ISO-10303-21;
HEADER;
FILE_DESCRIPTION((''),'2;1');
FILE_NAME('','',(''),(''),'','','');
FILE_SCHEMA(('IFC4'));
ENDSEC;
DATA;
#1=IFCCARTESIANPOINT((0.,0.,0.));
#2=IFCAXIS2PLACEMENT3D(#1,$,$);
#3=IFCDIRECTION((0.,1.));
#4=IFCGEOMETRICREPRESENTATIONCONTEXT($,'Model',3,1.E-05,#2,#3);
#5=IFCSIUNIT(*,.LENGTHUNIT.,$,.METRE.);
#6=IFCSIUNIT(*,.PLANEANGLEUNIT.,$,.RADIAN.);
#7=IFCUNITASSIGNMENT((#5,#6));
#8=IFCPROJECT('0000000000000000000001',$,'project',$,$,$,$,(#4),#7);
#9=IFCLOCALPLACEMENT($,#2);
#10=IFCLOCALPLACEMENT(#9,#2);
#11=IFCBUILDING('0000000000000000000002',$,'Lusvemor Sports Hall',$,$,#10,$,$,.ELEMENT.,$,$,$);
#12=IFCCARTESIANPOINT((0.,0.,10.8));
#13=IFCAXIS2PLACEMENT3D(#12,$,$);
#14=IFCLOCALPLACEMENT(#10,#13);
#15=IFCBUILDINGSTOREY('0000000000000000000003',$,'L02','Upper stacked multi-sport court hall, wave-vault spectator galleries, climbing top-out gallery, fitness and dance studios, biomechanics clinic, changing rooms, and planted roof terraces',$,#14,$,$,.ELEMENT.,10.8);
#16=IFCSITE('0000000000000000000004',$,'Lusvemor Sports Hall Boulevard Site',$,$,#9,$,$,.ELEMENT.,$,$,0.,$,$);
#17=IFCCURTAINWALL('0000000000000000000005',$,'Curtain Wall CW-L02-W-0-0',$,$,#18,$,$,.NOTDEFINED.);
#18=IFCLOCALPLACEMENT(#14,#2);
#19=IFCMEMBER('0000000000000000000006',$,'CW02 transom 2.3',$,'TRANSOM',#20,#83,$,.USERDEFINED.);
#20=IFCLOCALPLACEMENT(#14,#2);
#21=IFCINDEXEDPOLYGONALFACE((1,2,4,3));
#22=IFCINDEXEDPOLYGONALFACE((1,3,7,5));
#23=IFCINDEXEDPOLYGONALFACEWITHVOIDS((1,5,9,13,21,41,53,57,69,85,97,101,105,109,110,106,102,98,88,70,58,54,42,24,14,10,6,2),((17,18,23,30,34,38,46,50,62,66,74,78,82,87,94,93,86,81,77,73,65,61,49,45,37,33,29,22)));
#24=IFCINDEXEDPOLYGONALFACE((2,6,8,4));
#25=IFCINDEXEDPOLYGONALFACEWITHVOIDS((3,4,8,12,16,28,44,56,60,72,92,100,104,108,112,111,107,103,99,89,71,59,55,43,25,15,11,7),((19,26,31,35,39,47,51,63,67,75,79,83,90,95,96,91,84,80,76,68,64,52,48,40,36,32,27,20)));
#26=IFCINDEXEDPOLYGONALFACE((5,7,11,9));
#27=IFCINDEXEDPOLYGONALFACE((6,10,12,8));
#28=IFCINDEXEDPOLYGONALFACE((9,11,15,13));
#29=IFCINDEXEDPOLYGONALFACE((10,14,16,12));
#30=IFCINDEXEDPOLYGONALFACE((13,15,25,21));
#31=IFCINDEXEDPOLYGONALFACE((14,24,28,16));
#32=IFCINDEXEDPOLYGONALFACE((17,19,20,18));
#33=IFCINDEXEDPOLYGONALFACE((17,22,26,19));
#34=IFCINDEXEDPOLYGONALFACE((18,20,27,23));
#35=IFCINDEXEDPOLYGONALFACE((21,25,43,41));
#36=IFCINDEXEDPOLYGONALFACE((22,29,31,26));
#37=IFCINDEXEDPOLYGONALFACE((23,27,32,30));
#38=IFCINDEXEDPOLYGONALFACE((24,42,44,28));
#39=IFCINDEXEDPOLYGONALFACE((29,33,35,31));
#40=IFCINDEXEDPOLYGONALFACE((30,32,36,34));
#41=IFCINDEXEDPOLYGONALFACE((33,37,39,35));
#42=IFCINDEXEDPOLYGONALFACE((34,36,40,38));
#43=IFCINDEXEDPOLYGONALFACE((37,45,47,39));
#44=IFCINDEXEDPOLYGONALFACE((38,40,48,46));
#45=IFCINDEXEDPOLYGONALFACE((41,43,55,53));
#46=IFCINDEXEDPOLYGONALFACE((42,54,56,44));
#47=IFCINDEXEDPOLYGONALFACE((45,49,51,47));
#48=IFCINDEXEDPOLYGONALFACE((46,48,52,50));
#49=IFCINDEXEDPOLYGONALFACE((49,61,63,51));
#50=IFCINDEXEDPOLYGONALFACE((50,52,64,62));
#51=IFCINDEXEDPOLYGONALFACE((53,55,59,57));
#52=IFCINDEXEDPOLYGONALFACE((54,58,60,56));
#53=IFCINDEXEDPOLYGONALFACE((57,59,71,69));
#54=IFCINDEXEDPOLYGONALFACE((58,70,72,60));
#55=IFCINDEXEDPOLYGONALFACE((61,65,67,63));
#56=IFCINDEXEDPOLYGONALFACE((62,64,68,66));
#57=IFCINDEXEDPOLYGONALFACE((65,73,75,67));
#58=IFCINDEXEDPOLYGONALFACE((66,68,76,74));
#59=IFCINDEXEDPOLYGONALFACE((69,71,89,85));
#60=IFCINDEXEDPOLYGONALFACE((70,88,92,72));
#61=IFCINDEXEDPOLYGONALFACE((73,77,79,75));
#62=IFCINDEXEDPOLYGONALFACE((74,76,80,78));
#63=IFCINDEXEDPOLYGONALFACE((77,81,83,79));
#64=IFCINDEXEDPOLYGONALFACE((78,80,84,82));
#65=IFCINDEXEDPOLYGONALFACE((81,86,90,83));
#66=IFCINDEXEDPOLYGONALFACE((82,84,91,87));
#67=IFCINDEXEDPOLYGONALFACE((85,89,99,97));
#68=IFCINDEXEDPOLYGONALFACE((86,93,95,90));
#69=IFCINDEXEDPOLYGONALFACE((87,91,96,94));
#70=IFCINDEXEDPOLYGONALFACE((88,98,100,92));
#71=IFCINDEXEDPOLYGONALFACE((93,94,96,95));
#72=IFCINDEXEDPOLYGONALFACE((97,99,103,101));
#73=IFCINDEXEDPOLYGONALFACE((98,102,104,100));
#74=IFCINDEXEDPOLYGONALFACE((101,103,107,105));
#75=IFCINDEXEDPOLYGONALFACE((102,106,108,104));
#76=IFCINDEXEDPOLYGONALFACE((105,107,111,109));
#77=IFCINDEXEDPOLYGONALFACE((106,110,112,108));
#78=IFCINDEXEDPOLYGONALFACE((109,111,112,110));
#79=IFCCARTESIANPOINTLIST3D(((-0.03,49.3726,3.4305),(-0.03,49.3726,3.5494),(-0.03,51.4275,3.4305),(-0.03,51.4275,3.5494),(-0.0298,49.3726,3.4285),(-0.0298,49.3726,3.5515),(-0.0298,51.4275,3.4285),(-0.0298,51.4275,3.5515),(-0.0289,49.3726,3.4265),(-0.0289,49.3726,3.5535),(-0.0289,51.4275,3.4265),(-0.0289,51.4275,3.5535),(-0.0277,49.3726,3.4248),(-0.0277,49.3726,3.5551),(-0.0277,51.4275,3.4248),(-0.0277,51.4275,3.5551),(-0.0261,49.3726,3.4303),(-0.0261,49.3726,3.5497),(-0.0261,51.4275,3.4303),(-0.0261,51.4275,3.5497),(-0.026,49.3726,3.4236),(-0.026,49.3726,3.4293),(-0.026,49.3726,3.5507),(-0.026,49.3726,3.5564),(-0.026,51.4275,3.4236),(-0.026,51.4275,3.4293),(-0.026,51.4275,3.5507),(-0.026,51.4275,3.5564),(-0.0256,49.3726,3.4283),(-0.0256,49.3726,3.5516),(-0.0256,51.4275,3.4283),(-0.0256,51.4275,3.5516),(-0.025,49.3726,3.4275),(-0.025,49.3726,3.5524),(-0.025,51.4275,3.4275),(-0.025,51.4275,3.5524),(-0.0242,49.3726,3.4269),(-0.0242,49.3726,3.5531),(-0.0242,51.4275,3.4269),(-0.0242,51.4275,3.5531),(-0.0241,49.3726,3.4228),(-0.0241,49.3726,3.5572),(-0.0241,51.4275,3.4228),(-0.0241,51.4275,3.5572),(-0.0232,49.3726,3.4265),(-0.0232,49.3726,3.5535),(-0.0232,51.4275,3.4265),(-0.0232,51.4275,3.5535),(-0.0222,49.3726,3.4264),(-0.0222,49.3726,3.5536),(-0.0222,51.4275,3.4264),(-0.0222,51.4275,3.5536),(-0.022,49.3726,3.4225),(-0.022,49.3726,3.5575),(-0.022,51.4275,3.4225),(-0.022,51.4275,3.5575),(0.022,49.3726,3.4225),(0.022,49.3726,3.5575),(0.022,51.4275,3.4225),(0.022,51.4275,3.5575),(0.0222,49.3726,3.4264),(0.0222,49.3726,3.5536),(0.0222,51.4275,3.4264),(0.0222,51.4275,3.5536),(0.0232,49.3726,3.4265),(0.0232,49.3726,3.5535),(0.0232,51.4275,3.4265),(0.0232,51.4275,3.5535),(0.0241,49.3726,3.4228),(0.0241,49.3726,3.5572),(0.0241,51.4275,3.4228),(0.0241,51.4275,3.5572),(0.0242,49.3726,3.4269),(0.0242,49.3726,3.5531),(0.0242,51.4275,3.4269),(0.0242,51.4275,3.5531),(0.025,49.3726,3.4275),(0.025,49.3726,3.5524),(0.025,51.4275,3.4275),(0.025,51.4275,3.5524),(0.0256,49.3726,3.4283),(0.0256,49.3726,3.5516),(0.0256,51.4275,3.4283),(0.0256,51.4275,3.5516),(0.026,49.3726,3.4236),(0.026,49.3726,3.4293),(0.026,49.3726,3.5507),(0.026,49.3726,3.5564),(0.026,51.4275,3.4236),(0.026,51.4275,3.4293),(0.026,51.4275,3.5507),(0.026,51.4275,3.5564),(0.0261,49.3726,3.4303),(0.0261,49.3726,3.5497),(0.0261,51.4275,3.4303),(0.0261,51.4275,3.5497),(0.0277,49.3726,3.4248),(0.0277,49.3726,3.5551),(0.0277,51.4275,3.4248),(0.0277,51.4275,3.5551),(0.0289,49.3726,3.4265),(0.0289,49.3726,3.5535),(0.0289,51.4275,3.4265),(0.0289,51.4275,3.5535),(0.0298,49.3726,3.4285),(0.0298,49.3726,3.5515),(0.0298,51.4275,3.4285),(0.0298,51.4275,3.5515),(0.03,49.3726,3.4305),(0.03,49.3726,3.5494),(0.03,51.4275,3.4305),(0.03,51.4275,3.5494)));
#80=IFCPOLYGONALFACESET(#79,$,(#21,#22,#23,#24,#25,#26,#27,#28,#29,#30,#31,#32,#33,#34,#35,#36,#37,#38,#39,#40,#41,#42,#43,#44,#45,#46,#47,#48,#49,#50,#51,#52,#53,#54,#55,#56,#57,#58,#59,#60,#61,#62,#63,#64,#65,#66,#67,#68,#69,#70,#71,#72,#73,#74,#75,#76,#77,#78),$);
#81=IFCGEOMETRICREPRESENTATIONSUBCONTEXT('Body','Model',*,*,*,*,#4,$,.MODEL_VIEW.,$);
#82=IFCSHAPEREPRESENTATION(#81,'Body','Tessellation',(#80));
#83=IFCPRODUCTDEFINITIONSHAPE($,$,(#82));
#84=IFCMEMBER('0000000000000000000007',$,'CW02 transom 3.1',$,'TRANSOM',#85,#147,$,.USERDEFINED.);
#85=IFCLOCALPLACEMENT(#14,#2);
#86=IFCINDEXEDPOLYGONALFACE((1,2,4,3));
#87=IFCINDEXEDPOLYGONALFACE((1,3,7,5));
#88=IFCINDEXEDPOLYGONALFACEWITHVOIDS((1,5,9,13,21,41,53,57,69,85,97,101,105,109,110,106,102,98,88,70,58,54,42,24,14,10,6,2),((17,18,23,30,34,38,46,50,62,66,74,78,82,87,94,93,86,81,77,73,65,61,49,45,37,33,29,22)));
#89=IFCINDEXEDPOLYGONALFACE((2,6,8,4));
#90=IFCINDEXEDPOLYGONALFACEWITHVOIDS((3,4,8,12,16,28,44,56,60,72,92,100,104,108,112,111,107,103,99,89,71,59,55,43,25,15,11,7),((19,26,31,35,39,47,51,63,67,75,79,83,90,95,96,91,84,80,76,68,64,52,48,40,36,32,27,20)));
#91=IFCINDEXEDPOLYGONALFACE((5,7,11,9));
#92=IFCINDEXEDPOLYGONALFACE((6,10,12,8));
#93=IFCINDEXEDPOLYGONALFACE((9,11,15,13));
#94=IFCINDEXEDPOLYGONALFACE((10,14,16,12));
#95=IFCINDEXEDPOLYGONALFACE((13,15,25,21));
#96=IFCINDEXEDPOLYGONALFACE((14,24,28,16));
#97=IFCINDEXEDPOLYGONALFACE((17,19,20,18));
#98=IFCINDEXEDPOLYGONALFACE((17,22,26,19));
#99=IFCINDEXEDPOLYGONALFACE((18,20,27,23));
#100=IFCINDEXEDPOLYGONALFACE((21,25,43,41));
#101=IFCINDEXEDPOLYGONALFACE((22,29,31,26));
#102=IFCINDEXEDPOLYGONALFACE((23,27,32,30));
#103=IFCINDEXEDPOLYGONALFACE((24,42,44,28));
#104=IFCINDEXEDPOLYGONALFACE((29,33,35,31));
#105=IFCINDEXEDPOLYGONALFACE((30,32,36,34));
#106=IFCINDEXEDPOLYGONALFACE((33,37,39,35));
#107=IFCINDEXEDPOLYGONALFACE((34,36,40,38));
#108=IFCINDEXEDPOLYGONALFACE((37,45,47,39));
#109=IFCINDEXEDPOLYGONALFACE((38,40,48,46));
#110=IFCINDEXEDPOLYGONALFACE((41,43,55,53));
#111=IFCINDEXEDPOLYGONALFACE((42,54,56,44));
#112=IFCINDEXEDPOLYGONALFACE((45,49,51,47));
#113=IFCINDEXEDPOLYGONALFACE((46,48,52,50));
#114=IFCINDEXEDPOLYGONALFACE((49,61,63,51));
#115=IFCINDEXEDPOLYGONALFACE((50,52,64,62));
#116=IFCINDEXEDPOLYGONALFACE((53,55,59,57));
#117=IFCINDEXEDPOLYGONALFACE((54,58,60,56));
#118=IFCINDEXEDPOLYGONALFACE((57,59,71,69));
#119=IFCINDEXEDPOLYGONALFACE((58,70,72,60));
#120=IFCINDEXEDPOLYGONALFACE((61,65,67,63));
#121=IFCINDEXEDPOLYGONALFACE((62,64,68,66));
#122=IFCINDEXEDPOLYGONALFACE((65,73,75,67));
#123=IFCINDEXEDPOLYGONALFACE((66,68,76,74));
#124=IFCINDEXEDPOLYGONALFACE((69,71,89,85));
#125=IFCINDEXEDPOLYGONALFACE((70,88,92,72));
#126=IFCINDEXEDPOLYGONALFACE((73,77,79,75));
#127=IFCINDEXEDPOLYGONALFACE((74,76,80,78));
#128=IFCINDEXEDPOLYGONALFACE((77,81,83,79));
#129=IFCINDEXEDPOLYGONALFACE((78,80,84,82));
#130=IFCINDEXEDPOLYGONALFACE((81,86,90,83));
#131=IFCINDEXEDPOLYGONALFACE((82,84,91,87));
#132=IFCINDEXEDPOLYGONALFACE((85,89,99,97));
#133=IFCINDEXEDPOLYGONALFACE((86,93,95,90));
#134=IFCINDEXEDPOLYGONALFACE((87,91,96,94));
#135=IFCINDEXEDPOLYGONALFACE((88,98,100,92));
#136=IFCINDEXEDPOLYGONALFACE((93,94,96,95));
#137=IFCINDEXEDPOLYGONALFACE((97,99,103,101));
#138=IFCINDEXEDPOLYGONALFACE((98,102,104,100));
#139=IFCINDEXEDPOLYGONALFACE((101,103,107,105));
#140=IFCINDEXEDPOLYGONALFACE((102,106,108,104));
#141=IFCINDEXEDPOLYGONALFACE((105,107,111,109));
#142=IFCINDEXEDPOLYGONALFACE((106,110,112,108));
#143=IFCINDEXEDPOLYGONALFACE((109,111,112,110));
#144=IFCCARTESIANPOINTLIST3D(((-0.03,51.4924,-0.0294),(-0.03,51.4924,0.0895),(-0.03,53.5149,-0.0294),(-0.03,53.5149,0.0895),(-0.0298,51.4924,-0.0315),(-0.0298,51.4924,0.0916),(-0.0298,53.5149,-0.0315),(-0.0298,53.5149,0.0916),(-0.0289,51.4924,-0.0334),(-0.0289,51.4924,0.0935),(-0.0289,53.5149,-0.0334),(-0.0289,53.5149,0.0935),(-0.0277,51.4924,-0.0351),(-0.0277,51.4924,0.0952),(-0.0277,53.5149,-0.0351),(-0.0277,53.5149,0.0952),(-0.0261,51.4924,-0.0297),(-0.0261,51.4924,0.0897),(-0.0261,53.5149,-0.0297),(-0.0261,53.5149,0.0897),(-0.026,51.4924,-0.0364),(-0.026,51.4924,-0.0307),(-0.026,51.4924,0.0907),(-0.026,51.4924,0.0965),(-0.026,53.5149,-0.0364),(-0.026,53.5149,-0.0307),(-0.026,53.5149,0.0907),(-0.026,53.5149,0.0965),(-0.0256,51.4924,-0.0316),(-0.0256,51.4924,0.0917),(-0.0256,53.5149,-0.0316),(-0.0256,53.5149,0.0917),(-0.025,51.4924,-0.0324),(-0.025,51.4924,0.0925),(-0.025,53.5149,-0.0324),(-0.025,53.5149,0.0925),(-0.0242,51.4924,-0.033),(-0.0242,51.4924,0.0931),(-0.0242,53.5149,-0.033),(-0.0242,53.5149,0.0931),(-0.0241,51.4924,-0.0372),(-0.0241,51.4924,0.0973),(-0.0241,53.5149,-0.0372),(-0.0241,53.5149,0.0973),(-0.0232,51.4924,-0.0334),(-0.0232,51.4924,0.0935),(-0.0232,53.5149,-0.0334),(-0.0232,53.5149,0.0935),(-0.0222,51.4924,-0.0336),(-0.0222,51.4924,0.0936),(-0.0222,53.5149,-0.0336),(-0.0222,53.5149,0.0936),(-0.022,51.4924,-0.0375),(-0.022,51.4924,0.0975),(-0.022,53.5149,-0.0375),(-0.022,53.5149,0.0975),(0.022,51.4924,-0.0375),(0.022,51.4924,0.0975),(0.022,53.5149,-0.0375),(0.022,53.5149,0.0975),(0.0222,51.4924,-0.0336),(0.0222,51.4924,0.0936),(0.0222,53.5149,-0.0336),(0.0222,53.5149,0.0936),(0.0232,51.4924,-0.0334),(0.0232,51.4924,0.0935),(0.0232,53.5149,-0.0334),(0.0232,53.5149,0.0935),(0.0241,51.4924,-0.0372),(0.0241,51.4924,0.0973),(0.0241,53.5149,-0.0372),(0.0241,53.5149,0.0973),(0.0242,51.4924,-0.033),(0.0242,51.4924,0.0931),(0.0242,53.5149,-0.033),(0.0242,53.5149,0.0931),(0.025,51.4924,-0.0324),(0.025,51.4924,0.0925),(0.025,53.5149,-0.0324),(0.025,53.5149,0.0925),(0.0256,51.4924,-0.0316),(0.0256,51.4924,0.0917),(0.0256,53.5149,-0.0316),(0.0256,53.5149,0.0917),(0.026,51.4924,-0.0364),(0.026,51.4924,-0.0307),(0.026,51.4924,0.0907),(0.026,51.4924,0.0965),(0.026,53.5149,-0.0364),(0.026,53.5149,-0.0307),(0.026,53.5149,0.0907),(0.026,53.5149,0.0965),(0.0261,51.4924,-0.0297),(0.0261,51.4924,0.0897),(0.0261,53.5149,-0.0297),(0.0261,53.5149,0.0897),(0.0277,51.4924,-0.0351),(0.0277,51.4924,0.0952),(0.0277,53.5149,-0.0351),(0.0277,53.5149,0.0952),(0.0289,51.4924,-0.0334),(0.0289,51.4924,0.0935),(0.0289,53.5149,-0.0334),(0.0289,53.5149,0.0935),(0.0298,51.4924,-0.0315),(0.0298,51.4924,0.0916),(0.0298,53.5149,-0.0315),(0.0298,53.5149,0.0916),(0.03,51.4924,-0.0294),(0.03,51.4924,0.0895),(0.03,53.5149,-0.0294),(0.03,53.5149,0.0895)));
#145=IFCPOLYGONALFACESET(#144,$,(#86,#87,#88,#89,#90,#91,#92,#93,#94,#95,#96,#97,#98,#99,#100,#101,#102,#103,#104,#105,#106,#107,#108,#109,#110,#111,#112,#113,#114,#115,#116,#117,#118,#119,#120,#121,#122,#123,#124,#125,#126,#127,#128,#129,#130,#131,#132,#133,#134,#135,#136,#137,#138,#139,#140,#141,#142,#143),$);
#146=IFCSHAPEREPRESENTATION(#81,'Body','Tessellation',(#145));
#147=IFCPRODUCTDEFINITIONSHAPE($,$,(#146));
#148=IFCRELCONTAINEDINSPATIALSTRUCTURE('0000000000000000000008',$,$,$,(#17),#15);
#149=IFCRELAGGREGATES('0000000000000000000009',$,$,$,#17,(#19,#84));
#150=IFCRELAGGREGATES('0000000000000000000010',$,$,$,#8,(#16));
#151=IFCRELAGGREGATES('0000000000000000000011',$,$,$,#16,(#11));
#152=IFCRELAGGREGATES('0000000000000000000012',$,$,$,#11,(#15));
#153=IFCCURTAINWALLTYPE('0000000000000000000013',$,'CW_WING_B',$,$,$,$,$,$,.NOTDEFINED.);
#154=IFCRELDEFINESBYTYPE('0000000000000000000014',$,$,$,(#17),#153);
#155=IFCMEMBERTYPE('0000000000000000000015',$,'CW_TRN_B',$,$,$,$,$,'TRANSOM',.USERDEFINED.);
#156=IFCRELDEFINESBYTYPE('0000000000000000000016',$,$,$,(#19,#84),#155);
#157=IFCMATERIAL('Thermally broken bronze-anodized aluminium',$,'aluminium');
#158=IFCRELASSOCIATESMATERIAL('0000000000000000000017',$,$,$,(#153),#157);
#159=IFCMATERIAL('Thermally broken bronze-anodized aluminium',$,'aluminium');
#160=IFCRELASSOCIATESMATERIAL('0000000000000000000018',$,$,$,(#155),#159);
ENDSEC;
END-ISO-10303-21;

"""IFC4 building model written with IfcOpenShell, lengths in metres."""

from ifc_helpers import new_model, si_unit, direction, frame, origin, origin_2d, place, context, subcontext, project, spatial, hollow_rectangle, extrude, material, material_profile, profile_set, type_object, element, aggregate, save


model = new_model("IFC4")

# Units and contexts
model_context = context("Model", 3, precision=1e-05, world=origin(), true_north=direction((0.0, 1.0)))
body_context = subcontext(model_context, "Body", "Model", "MODEL_VIEW")
ifc_project = project(units=[si_unit("LENGTHUNIT", "METRE"), si_unit("PLANEANGLEUNIT", "RADIAN")], contexts=[model_context])

# Site, building, storey
site_placement = place(None, origin())
site = spatial("IfcSite", under=ifc_project, at=site_placement, Name="Lusvemor Sports Hall Boulevard Site", CompositionType="ELEMENT", RefElevation=0.0)
building_placement = place(site_placement, origin())
building = spatial("IfcBuilding", under=site, at=building_placement, Name="Lusvemor Sports Hall", CompositionType="ELEMENT")
storey_placement = place(building_placement, frame((0.0, 0.0, 10.8)))
storey = spatial("IfcBuildingStorey", under=building, at=storey_placement, Name="L02", Description="Upper stacked multi-sport court hall, wave-vault spectator galleries, climbing top-out gallery, fitness and dance studios, biomechanics clinic, changing rooms, and planted roof terraces", CompositionType="ELEMENT", Elevation=10.8)

# Curtain wall, members
ifc_material_1 = material(Name="Thermally broken bronze-anodized aluminium", Category="aluminium")
curtain_wall_type = type_object("IfcCurtainWallType", Name="CW_WING_B", PredefinedType="NOTDEFINED", material=ifc_material_1)
curtain_wall_placement = place(storey_placement, origin())
curtain_wall = element("IfcCurtainWall", 1, at=curtain_wall_placement, inside=storey, type_object=curtain_wall_type, Name="Curtain Wall CW-L02-W-0-0", PredefinedType="NOTDEFINED")
ifc_material_2 = material(Name="Thermally broken bronze-anodized aluminium", Category="aluminium")
ifc_material_profile_1 = material_profile(ifc_material_2, hollow_rectangle(XDim=0.0601, YDim=0.135, WallThickness=0.0039, InnerFilletRadius=0.0039, OuterFilletRadius=0.0081, at=origin_2d()), Name="CWTRN135x60x4")
ifc_profile_set_1 = profile_set([ifc_material_profile_1], Name="Thermally broken bronze-anodized aluminium")
member_type_1 = type_object("IfcMemberType", Name="CW_TRN_B", ElementType="TRANSOM", PredefinedType="USERDEFINED", material=ifc_profile_set_1)
member_1_placement = place(storey_placement, frame((0.0, 49.3726, 3.49), z_axis=(0.0, 1.0, 0.0), x_axis=(-1.0, 0.0, 0.0)))
member_1 = element("IfcMember", 2, at=member_1_placement, type_object=member_type_1, Name="CW02 transom 2.3", ObjectType="TRANSOM", PredefinedType="USERDEFINED", context=body_context, shape_type="SweptSolid", body=[
    extrude(hollow_rectangle(XDim=0.0601, YDim=0.135, WallThickness=0.0039, InnerFilletRadius=0.0039, OuterFilletRadius=0.0081, at=origin_2d()), origin(), (0.0, 0.0, 1.0), 2.0549),
])
member_2_placement = place(storey_placement, frame((0.0, 51.4924, 0.03), z_axis=(0.0, 1.0, 0.0), x_axis=(-1.0, 0.0, 0.0)))
member_2 = element("IfcMember", 3, at=member_2_placement, type_object=member_type_1, Name="CW02 transom 3.1", ObjectType="TRANSOM", PredefinedType="USERDEFINED", context=body_context, shape_type="SweptSolid", body=[
    extrude(hollow_rectangle(XDim=0.0601, YDim=0.135, WallThickness=0.0039, InnerFilletRadius=0.0039, OuterFilletRadius=0.0081, at=origin_2d()), origin(), (0.0, 0.0, 1.0), 2.0225),
])

aggregate(curtain_wall, [member_1, member_2])

save(model, "model.ifc")
